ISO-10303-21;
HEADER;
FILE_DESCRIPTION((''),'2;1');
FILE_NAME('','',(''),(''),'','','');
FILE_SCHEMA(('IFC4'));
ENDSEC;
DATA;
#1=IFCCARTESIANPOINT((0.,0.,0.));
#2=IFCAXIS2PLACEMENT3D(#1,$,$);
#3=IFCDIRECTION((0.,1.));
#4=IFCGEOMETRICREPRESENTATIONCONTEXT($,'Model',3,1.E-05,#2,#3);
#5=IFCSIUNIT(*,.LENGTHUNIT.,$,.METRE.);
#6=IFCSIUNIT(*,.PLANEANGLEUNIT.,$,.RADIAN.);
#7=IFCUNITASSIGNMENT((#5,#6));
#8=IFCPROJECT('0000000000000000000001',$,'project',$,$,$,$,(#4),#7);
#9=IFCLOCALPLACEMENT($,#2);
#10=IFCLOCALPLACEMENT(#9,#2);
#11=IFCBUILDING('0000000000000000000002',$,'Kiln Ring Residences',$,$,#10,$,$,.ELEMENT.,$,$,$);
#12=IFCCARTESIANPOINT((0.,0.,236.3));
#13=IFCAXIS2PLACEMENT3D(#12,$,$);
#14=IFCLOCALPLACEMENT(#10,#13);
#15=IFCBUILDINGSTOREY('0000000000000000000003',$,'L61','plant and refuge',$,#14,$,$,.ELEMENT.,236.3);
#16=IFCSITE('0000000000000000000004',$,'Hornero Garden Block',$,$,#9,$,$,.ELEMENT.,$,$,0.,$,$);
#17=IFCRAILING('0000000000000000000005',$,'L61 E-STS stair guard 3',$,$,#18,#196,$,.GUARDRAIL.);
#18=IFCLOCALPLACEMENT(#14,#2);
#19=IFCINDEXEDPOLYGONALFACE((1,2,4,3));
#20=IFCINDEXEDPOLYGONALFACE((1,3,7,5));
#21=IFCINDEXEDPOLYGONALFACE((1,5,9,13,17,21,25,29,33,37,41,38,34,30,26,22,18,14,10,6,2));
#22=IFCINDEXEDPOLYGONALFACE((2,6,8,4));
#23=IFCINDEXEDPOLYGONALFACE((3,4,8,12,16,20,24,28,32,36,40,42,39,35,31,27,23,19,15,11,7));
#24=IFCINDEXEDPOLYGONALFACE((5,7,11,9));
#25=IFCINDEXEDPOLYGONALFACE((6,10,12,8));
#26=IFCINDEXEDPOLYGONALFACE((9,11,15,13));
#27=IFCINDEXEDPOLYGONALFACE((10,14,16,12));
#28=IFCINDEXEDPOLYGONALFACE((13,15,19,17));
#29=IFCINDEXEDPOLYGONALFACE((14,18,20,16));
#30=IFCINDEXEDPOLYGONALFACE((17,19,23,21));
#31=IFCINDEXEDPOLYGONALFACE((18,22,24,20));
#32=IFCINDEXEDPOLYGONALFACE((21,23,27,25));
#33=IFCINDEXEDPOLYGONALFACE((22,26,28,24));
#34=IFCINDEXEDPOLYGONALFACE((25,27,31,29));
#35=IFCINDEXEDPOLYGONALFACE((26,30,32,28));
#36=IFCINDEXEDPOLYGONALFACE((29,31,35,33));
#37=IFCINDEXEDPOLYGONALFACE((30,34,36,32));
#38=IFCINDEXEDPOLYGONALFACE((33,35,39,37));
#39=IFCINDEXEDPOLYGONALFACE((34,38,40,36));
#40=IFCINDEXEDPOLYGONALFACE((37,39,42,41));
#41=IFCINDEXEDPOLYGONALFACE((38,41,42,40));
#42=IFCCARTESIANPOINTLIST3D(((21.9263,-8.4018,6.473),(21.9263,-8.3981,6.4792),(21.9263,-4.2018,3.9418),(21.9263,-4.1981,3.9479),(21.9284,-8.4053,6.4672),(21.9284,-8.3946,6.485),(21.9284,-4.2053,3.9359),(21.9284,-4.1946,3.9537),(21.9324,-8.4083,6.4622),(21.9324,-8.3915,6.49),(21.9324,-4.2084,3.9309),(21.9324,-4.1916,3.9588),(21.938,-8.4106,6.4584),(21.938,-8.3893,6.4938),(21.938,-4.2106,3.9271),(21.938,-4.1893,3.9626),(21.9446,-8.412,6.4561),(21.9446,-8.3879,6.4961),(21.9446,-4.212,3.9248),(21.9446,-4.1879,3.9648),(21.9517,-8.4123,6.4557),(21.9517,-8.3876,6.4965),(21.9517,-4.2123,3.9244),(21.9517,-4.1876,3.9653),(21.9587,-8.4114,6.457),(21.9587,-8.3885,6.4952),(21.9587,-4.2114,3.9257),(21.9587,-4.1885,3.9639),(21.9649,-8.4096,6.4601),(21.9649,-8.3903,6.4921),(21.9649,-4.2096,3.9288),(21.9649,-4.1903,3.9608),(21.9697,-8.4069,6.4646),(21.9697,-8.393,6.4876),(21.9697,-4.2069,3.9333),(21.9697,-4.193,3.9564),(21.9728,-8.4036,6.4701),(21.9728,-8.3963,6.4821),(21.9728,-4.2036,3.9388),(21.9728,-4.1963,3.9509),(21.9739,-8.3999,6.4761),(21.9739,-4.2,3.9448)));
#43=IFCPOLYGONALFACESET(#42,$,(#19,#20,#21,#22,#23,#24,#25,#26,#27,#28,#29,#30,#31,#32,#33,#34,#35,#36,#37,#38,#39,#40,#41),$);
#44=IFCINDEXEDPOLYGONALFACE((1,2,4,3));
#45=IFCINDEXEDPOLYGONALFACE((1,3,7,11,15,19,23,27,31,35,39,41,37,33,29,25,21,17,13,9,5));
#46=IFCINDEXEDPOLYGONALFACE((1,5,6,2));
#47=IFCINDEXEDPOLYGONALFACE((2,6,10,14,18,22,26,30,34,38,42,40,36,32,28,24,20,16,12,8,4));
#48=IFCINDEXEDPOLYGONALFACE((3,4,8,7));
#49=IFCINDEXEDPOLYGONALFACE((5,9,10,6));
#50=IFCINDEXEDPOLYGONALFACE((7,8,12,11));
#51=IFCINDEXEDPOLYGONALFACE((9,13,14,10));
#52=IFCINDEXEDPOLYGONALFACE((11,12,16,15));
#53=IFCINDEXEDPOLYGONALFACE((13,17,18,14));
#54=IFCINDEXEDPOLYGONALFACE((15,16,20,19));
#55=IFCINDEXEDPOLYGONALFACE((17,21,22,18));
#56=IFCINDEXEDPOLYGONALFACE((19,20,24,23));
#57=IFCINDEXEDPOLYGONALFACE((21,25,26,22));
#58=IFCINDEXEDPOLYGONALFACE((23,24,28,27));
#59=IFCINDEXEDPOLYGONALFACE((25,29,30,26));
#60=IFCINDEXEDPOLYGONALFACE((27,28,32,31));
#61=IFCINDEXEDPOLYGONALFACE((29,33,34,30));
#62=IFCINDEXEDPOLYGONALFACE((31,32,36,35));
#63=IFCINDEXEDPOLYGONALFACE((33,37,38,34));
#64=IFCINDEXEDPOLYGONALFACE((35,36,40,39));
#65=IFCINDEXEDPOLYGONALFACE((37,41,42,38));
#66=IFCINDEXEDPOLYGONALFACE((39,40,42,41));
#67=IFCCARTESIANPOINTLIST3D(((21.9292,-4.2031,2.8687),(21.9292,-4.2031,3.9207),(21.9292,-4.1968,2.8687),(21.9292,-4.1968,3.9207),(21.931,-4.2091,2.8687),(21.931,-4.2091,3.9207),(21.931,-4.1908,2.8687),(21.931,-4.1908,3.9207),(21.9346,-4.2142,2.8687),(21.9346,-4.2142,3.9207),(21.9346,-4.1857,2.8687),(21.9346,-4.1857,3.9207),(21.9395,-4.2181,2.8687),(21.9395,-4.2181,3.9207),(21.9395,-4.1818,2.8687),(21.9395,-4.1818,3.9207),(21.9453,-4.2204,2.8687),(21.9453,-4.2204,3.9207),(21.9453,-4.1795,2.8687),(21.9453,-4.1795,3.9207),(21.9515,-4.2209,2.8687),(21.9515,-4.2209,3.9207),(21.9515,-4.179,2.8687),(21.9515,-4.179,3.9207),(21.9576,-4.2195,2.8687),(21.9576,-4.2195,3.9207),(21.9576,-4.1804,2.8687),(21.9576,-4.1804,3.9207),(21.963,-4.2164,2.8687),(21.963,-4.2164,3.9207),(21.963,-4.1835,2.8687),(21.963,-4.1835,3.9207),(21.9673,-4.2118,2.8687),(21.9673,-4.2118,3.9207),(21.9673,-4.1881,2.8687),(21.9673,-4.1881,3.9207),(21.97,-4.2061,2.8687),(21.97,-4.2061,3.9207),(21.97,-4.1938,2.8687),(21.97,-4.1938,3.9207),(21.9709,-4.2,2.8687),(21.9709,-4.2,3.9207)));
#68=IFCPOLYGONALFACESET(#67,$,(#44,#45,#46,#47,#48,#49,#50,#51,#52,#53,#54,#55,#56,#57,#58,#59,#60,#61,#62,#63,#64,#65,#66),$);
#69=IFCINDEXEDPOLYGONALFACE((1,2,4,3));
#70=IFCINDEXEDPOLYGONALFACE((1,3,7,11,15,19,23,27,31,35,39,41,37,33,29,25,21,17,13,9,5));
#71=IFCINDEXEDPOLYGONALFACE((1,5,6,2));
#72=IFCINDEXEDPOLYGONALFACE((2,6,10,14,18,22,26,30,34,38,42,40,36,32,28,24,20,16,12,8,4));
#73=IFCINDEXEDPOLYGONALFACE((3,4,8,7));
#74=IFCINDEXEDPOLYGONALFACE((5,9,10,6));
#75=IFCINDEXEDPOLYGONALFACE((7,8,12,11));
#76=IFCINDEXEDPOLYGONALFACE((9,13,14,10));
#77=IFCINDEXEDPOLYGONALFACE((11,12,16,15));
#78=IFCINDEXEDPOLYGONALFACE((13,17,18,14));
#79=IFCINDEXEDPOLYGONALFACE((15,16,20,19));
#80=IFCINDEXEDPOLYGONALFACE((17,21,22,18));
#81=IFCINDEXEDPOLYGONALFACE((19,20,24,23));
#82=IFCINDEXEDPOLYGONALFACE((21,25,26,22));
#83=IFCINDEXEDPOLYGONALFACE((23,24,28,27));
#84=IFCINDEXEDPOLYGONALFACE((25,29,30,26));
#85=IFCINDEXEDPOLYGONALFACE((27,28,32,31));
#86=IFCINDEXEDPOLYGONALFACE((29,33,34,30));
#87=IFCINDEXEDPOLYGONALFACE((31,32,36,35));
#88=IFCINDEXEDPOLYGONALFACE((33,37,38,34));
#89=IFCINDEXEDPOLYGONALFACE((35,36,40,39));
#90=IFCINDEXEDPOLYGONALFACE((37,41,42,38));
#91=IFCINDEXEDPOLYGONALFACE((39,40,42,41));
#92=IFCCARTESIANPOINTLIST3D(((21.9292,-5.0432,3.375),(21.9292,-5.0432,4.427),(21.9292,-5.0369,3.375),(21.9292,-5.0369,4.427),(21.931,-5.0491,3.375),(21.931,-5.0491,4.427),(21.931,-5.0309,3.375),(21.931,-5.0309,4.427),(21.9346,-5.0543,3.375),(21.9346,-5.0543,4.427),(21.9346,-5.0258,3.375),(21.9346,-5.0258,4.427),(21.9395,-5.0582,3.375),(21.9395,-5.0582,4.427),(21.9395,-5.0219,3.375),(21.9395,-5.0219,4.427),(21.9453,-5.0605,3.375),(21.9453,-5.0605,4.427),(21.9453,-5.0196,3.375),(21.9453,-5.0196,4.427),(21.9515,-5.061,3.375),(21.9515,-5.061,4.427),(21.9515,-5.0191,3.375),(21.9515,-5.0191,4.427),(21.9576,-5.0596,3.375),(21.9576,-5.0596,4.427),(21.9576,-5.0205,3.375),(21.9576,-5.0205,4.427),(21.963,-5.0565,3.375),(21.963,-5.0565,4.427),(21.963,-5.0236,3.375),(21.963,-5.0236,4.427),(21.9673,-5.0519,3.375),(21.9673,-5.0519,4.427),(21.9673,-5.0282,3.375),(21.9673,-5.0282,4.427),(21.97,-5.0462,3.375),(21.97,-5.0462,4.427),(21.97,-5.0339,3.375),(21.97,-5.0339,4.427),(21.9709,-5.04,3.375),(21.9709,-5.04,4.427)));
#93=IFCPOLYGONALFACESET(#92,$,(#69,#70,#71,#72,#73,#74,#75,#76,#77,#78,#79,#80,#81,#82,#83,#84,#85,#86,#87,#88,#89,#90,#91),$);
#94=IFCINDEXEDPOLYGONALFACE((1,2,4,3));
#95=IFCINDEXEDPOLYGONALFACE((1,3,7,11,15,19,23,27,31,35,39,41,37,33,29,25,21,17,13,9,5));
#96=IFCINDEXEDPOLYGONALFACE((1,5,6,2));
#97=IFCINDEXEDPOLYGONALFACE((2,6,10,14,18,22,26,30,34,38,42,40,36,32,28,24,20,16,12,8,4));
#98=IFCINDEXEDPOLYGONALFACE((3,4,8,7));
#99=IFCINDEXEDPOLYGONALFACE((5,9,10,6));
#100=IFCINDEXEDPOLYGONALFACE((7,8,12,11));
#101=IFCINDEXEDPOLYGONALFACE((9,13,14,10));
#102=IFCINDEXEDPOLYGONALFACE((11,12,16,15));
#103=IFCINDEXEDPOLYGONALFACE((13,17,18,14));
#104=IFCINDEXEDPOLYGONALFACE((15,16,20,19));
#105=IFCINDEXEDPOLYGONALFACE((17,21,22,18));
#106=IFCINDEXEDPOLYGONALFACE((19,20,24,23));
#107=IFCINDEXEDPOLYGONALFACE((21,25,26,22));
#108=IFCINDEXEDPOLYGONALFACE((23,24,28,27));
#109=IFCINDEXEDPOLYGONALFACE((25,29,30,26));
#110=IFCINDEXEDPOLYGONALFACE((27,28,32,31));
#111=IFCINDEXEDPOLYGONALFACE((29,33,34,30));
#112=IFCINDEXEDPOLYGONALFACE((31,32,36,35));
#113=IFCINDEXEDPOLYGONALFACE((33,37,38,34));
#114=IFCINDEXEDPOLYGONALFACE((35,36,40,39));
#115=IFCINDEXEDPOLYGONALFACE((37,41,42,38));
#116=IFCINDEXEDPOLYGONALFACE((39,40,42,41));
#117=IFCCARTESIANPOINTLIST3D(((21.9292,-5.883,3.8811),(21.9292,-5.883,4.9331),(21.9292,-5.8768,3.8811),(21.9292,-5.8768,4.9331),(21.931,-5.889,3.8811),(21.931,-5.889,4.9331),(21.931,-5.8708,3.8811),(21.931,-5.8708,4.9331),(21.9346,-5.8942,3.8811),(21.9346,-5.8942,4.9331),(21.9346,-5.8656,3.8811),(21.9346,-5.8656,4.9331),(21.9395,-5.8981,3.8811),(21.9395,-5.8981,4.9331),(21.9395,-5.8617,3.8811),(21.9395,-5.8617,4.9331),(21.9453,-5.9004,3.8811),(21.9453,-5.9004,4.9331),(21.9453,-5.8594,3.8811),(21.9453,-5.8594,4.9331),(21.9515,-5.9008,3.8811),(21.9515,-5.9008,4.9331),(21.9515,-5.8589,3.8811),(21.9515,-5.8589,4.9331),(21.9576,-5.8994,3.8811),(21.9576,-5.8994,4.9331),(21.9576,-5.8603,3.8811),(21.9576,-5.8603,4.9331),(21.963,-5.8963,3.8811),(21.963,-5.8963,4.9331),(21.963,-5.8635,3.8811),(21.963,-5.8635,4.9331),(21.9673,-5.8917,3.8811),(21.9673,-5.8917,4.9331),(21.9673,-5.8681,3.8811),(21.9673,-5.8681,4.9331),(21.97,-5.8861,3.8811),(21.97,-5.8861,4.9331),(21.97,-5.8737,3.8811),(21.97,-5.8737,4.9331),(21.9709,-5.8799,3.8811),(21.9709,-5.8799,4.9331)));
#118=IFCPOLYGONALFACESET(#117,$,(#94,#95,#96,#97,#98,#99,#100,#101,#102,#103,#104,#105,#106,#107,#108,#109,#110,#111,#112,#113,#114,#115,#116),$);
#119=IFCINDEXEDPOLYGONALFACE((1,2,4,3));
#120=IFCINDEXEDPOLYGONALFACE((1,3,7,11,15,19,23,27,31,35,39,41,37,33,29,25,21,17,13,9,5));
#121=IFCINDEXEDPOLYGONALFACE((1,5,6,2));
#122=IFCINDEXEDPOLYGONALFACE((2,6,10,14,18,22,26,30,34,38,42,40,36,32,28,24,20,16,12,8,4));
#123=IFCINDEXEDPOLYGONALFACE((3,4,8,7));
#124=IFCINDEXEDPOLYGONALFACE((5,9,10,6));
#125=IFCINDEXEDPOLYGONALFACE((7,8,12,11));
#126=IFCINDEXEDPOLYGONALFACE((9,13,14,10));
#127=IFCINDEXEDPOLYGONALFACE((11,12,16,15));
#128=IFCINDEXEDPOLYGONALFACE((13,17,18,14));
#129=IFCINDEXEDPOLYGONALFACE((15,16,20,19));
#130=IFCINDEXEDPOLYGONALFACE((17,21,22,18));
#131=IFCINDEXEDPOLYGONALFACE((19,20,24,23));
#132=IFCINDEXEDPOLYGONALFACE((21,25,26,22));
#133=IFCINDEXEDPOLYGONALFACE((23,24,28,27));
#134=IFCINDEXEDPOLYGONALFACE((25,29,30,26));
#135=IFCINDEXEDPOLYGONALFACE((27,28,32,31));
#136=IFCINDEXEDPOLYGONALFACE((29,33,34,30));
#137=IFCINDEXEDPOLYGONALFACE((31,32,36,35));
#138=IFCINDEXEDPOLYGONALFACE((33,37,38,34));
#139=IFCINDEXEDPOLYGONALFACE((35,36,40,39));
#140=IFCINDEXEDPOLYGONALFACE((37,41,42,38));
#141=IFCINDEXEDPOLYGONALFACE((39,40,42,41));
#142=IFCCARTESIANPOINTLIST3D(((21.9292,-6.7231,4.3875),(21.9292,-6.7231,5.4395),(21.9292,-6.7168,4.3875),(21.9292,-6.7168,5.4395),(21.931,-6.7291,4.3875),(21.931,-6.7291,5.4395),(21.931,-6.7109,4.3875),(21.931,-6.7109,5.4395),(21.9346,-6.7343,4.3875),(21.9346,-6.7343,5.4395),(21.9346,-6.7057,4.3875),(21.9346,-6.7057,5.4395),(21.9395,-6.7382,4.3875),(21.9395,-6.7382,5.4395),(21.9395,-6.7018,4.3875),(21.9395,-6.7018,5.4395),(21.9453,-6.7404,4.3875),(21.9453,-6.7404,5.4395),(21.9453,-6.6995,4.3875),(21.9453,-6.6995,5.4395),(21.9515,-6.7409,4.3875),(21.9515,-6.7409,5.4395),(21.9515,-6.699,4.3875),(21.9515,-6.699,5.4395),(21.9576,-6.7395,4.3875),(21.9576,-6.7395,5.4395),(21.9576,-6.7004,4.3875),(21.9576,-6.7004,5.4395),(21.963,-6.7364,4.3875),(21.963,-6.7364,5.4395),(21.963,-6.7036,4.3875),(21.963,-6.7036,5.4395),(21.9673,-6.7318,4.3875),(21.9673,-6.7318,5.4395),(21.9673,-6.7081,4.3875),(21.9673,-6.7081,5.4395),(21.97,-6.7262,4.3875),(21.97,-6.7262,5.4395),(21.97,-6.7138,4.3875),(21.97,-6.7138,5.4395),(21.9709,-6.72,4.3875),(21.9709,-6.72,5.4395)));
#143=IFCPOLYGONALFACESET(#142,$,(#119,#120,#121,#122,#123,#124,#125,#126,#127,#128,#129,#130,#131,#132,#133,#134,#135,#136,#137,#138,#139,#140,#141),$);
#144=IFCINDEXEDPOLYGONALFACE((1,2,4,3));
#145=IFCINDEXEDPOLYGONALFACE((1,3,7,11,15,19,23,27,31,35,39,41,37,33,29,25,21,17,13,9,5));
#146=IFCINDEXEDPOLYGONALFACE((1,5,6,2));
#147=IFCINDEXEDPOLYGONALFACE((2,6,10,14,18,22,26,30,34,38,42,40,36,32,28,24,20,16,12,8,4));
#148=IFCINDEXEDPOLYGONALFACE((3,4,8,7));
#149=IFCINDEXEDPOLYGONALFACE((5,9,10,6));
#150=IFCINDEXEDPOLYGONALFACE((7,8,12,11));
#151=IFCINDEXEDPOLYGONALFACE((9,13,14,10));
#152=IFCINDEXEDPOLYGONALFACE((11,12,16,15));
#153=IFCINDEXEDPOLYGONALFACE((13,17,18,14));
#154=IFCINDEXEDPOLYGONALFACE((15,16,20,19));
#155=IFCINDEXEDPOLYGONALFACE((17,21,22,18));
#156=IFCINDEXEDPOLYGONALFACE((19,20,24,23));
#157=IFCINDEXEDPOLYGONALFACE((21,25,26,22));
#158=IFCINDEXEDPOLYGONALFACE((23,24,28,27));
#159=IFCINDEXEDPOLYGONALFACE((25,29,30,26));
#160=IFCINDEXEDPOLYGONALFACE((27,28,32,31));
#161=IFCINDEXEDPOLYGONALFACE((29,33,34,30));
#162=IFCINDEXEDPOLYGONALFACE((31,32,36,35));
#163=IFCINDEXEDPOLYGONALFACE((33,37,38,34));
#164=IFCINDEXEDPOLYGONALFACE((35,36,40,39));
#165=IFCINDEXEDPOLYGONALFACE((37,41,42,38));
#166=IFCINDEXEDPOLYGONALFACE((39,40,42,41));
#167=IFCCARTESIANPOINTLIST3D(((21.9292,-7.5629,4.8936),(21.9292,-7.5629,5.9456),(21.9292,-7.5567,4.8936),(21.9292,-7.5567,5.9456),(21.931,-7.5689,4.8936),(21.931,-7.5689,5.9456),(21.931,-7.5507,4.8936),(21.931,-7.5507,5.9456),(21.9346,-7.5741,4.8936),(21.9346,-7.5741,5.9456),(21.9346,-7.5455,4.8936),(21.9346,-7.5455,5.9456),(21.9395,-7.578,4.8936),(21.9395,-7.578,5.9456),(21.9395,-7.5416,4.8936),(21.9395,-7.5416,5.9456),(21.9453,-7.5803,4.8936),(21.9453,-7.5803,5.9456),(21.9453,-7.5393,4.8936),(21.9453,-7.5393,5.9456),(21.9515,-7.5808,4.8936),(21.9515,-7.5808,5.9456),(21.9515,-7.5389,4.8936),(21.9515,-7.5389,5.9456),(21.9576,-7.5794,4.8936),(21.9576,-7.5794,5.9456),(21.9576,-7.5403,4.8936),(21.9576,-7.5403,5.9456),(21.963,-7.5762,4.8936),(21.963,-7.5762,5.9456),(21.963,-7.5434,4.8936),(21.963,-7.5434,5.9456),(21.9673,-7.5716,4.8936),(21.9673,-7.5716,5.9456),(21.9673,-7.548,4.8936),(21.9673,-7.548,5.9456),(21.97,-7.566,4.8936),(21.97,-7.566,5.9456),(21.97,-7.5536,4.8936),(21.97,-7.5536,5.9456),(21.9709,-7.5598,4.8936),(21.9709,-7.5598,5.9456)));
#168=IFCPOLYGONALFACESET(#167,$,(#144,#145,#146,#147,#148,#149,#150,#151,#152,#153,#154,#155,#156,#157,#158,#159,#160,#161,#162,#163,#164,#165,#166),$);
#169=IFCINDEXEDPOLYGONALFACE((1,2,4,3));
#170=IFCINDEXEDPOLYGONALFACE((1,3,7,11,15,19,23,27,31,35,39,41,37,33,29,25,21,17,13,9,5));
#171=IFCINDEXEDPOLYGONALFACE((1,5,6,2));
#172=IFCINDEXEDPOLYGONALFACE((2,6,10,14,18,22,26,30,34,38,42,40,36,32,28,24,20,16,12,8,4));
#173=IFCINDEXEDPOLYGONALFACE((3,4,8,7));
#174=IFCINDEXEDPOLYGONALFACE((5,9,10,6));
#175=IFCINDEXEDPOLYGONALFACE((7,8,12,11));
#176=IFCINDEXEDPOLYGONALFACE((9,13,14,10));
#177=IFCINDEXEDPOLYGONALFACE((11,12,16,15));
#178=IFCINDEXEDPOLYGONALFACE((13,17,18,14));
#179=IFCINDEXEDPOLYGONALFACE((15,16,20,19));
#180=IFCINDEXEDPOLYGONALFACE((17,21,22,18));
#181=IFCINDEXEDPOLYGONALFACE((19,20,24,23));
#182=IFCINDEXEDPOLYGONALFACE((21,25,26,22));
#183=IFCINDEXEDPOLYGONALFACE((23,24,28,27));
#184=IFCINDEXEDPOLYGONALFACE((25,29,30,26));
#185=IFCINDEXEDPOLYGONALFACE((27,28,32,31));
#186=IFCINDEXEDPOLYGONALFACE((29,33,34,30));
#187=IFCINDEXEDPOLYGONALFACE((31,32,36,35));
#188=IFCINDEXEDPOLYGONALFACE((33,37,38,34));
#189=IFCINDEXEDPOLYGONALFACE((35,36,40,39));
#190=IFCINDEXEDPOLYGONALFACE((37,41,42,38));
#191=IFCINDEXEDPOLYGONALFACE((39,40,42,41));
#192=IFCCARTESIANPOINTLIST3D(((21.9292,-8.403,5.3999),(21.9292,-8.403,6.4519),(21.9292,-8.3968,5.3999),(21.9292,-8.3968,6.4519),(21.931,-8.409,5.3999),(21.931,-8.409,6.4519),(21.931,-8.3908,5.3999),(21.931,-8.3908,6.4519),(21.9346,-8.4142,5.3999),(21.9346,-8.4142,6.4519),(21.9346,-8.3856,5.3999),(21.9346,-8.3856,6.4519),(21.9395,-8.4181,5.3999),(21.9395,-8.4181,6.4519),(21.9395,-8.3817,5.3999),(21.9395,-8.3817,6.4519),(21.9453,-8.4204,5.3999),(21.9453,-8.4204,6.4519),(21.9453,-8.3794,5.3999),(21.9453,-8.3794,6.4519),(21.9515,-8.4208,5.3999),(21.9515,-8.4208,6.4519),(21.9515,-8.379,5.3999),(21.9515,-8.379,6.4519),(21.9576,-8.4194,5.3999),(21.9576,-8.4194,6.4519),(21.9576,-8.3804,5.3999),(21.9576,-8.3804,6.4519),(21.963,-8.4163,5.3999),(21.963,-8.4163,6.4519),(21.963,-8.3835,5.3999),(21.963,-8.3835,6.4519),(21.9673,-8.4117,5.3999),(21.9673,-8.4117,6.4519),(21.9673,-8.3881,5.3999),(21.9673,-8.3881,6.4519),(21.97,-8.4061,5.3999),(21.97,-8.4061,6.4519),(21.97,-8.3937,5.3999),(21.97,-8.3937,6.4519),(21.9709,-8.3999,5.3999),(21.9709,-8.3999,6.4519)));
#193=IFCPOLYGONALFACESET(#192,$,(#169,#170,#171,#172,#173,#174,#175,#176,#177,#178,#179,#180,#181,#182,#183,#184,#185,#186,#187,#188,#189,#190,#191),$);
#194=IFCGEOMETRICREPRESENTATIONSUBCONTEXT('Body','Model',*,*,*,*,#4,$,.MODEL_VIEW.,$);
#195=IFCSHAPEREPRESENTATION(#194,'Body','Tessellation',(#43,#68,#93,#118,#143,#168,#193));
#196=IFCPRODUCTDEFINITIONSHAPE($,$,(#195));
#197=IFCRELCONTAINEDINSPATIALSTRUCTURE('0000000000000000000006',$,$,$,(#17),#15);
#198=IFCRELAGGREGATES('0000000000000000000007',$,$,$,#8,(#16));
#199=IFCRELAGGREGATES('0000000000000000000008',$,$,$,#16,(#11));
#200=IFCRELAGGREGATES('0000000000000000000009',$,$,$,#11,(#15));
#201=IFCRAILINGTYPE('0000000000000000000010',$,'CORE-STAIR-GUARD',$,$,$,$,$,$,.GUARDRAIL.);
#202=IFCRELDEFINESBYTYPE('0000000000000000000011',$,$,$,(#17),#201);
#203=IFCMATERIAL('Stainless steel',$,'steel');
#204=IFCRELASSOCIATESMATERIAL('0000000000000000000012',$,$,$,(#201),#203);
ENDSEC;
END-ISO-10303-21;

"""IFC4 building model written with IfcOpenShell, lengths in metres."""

from ifc_helpers import new_model, si_unit, direction, frame, origin, origin_2d, place, context, subcontext, project, spatial, circle, extrude, material, type_object, element, save


model = new_model("IFC4")

# Units and contexts
model_context = context("Model", 3, precision=1e-05, world=origin(), true_north=direction((0.0, 1.0)))
body_context = subcontext(model_context, "Body", "Model", "MODEL_VIEW")
ifc_project = project(units=[si_unit("LENGTHUNIT", "METRE"), si_unit("PLANEANGLEUNIT", "RADIAN")], contexts=[model_context])

# Site, building, storey
site_placement = place(None, origin())
site = spatial("IfcSite", under=ifc_project, at=site_placement, Name="Hornero Garden Block", CompositionType="ELEMENT", RefElevation=0.0)
building_placement = place(site_placement, origin())
building = spatial("IfcBuilding", under=site, at=building_placement, Name="Kiln Ring Residences", CompositionType="ELEMENT")
storey_placement = place(building_placement, frame((0.0, 0.0, 236.3)))
storey = spatial("IfcBuildingStorey", under=building, at=storey_placement, Name="L61", Description="plant and refuge", CompositionType="ELEMENT", Elevation=236.3)

# Railing
ifc_material_1 = material(Name="Stainless steel", Category="steel")
railing_type_1 = type_object("IfcRailingType", Name="CORE-STAIR-GUARD", PredefinedType="GUARDRAIL", material=ifc_material_1)
railing_1_placement = place(storey_placement, frame((21.95, -4.2, 2.8687)))
element("IfcRailing", 1, at=railing_1_placement, inside=storey, type_object=railing_type_1, Name="L61 E-STS stair guard 3", PredefinedType="GUARDRAIL", context=body_context, shape_type="SweptSolid", body=[
    extrude(circle(Radius=0.0239, at=origin_2d()), frame((0.0, 0.0, 1.0762), z_axis=(0.0, -0.856476, 0.516186), x_axis=(1.0, 0.0, 0.0)), (0.0, 0.0, 1.0), 4.9038),
    extrude(circle(Radius=0.021, at=origin_2d()), origin(), (0.0, 0.0, 1.0), 1.052),
    extrude(circle(Radius=0.021, at=origin_2d()), frame((0.0, -0.8401, 0.5063)), (0.0, 0.0, 1.0), 1.052),
    extrude(circle(Radius=0.021, at=origin_2d()), frame((0.0, -1.6799, 1.0125)), (0.0, 0.0, 1.0), 1.052),
    extrude(circle(Radius=0.021, at=origin_2d()), frame((0.0, -2.52, 1.5188)), (0.0, 0.0, 1.0), 1.052),
    extrude(circle(Radius=0.021, at=origin_2d()), frame((0.0, -3.3599, 2.0249)), (0.0, 0.0, 1.0), 1.052),
    extrude(circle(Radius=0.021, at=origin_2d()), frame((0.0, -4.2, 2.5312)), (0.0, 0.0, 1.0), 1.052),
])

save(model, "model.ifc")
